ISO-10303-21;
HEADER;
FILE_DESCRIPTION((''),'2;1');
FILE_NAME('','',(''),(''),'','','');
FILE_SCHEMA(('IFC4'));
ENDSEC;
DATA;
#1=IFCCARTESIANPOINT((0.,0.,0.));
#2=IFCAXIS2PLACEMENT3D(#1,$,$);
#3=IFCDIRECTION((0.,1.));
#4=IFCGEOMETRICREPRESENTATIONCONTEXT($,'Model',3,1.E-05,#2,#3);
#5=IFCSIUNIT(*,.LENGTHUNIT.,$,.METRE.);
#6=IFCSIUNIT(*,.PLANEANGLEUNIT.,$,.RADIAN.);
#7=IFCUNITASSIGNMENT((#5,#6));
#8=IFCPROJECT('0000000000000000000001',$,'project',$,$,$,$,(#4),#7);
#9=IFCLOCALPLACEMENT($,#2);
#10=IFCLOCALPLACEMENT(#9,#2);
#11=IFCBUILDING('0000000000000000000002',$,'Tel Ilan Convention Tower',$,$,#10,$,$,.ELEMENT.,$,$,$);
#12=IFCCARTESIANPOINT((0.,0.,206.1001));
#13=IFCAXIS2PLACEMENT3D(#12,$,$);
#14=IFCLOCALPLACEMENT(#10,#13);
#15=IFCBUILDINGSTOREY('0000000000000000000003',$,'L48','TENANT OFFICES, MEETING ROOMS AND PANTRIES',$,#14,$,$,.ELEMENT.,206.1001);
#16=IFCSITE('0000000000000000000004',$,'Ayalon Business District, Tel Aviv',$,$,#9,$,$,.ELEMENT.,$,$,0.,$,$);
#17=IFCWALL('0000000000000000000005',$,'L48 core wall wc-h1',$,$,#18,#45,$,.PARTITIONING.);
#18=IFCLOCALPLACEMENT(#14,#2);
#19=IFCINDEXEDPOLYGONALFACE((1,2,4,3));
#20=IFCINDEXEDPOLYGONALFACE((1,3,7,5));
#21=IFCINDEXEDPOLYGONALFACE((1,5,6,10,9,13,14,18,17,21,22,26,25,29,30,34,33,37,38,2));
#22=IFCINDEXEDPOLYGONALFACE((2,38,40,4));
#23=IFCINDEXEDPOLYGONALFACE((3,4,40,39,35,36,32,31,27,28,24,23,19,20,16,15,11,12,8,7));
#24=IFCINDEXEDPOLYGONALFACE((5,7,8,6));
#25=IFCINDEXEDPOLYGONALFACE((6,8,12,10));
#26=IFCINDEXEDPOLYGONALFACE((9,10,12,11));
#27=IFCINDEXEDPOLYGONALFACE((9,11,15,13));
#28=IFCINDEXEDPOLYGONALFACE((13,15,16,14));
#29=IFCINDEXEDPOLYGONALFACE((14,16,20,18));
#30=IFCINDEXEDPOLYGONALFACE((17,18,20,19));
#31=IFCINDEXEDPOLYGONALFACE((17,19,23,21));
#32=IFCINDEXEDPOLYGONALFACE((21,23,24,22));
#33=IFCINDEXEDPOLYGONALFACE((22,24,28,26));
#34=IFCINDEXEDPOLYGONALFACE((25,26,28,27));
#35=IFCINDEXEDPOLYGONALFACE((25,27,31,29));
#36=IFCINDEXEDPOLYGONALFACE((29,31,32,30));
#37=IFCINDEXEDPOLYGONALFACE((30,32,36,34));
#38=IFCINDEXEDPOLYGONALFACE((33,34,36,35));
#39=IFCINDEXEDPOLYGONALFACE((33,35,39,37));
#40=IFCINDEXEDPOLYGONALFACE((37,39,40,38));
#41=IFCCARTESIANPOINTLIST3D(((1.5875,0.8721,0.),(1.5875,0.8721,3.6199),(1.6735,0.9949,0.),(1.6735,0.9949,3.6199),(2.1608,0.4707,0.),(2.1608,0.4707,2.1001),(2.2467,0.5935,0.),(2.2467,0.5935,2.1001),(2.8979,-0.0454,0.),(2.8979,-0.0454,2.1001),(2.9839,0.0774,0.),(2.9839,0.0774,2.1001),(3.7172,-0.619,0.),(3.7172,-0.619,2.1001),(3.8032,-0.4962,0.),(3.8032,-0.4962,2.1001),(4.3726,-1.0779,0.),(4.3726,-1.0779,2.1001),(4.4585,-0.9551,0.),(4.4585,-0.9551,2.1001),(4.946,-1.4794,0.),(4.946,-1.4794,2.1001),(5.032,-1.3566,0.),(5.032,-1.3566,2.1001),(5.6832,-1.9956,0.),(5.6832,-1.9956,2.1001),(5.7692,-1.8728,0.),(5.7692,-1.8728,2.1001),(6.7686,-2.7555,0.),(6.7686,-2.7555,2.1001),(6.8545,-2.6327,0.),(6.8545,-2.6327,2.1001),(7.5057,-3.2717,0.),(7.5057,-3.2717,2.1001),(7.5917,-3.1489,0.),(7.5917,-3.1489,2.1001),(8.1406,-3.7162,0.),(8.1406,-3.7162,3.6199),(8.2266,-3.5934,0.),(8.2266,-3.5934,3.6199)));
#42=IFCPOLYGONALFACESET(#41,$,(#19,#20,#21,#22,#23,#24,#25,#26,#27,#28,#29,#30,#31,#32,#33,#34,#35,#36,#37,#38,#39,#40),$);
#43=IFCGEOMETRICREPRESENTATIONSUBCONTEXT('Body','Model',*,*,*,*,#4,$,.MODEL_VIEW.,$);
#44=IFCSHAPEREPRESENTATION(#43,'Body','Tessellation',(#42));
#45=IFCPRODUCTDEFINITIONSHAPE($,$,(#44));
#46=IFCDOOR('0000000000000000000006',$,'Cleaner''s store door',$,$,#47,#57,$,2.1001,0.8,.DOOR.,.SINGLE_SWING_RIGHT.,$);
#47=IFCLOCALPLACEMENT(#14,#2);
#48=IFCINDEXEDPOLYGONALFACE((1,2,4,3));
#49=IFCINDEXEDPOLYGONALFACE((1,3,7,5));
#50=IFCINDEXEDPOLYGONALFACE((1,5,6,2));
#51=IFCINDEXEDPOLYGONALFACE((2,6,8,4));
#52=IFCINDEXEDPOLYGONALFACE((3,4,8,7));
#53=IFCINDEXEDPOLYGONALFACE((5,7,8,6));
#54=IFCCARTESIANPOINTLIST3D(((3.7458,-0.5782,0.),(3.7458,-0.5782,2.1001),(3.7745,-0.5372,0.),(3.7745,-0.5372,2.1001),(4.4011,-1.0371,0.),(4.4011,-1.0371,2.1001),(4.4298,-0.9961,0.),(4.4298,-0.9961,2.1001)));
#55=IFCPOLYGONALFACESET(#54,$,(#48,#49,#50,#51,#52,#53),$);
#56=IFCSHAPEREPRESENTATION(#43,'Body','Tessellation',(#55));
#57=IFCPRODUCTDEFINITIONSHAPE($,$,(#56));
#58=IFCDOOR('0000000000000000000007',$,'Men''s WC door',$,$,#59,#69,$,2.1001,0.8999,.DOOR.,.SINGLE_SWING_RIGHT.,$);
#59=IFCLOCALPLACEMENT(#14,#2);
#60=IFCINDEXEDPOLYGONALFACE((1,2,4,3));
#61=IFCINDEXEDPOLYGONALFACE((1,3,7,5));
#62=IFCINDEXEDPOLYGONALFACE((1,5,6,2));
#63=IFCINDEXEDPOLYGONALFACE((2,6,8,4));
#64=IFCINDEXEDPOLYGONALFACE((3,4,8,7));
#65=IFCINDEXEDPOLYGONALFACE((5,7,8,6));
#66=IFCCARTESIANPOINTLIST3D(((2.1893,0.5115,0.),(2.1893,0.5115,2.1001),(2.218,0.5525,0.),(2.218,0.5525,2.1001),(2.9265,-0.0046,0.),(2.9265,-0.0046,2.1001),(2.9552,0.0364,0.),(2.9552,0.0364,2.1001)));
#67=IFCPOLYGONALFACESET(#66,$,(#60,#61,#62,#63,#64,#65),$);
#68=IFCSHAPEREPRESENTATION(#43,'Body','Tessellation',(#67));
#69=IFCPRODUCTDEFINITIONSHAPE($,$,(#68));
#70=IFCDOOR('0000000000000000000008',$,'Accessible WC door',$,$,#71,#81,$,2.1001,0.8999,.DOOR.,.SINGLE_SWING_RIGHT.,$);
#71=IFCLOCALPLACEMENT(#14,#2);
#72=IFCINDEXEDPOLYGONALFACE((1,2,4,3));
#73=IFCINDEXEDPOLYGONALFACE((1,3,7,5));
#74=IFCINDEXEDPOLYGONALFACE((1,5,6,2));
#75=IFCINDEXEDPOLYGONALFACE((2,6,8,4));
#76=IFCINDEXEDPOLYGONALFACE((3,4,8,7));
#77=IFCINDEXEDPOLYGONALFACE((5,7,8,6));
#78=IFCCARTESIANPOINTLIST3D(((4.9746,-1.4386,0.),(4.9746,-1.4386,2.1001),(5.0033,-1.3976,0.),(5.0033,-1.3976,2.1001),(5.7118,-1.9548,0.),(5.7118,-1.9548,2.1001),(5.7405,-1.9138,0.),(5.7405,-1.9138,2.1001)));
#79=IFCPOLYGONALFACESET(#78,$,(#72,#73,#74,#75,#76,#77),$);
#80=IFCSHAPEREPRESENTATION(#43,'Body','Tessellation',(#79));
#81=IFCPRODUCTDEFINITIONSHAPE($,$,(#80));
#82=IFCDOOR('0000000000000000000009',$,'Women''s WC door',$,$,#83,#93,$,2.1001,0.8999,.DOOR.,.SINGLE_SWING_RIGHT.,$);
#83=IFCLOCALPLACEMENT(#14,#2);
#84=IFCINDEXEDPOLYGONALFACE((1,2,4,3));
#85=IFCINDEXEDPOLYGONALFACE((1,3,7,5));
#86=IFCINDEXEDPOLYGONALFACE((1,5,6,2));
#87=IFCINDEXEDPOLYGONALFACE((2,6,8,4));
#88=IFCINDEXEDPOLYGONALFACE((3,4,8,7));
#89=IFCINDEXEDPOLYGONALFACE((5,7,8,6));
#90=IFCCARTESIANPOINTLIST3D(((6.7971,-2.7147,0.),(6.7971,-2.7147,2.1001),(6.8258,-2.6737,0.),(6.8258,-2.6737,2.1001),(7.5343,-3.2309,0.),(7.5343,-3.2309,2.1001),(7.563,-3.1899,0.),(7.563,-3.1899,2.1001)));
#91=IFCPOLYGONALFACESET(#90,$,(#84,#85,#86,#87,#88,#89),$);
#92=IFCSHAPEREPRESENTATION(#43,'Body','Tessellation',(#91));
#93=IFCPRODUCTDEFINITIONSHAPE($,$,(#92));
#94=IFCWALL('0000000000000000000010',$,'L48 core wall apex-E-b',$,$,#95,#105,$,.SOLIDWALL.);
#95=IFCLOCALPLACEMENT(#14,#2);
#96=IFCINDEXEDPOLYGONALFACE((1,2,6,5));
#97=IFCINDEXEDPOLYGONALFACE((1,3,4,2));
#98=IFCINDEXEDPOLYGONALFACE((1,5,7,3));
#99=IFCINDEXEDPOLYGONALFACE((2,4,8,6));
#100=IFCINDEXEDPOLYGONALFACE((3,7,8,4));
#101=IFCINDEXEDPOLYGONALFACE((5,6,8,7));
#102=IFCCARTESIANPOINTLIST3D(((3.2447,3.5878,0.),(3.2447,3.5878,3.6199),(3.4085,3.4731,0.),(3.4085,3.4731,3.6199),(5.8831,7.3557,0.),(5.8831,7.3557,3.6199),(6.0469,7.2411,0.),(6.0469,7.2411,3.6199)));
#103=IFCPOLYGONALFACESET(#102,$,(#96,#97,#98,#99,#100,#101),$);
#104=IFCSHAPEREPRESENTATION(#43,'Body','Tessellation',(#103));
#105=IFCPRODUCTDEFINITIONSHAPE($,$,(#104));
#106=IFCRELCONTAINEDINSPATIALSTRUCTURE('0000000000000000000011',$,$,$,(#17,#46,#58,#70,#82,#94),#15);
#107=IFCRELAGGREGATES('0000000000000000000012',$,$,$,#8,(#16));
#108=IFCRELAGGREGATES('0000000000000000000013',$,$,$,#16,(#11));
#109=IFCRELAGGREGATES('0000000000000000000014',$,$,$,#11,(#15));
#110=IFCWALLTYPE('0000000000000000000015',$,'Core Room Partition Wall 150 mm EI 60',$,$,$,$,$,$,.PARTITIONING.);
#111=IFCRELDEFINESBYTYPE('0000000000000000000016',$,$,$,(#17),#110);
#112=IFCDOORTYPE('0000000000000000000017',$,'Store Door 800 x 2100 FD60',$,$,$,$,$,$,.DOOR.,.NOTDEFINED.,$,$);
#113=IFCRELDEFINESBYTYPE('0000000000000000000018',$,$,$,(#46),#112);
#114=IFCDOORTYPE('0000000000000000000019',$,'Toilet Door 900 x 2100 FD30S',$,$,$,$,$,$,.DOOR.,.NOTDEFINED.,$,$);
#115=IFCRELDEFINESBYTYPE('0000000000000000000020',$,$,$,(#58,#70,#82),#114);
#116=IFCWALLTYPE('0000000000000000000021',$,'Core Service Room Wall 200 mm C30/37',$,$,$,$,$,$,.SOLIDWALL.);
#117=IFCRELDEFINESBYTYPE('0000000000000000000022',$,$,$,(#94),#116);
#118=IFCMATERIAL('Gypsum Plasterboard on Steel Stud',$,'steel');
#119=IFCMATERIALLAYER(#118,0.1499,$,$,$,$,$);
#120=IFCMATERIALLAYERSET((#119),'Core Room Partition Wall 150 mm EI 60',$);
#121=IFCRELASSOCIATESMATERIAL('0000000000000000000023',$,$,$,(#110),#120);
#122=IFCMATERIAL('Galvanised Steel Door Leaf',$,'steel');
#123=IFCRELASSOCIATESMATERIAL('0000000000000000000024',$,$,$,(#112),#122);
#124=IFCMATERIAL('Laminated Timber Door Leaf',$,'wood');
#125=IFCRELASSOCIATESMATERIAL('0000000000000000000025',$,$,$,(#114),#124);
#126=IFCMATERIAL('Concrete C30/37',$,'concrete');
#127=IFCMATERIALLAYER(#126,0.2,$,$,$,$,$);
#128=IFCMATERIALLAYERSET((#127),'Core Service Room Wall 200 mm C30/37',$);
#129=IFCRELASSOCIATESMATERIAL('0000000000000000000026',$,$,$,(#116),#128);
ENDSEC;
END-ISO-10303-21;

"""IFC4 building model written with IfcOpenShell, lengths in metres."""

from ifc_helpers import new_model, si_unit, direction, frame, frame_2d, origin, place, context, subcontext, project, spatial, rectangle, extrude, material, layer, layer_set, type_object, element, fill, save


model = new_model("IFC4")

# Units and contexts
model_context = context("Model", 3, precision=1e-05, world=origin(), true_north=direction((0.0, 1.0)))
body_context = subcontext(model_context, "Body", "Model", "MODEL_VIEW")
ifc_project = project(units=[si_unit("LENGTHUNIT", "METRE"), si_unit("PLANEANGLEUNIT", "RADIAN")], contexts=[model_context])

# Site, building, storey
site_placement = place(None, origin())
site = spatial("IfcSite", under=ifc_project, at=site_placement, Name="Ayalon Business District, Tel Aviv", CompositionType="ELEMENT", RefElevation=0.0)
building_placement = place(site_placement, origin())
building = spatial("IfcBuilding", under=site, at=building_placement, Name="Tel Ilan Convention Tower", CompositionType="ELEMENT")
storey_placement = place(building_placement, frame((0.0, 0.0, 206.1001)))
storey = spatial("IfcBuildingStorey", under=building, at=storey_placement, Name="L48", Description="TENANT OFFICES, MEETING ROOMS AND PANTRIES", CompositionType="ELEMENT", Elevation=206.1001)

# Wall, openings, doors
ifc_material_1 = material(Name="Gypsum Plasterboard on Steel Stud", Category="steel")
ifc_layer_1 = layer(ifc_material_1, 0.1499)
ifc_layer_set_1 = layer_set([ifc_layer_1], Name="Core Room Partition Wall 150 mm EI 60")
wall_type_1 = type_object("IfcWallType", Name="Core Room Partition Wall 150 mm EI 60", PredefinedType="PARTITIONING", material=ifc_layer_set_1)
wall_1_placement = place(storey_placement, frame((1.6304, 0.9336, 0.0), z_axis=(0.0, 0.0, 1.0), x_axis=(0.819166, -0.573557, 0.0)))
wall_1 = element("IfcWall", 1, at=wall_1_placement, inside=storey, type_object=wall_type_1, Name="L48 core wall wc-h1", PredefinedType="PARTITIONING", context=body_context, shape_type="SweptSolid", body=[
    extrude(rectangle(XDim=7.9998, YDim=0.1499, at=frame_2d((4.0, 0.0))), origin(), (0.0, 0.0, 1.0), 3.6199),
])
opening_1_placement = place(wall_1_placement, frame((0.7, 0.0, 0.0)))
opening_1 = element("IfcOpeningElement", 2, at=opening_1_placement, cuts=wall_1, PredefinedType="OPENING", context=body_context, shape_type="SweptSolid", body=[
    extrude(rectangle(XDim=0.8999, YDim=2.1001, at=frame_2d((0.45, 1.05))), frame((0.0, 0.085, 0.0), z_axis=(0.0, -1.0, 0.0), x_axis=(1.0, 0.0, 0.0)), (0.0, 0.0, 1.0), 0.1699),
])
opening_2_placement = place(wall_1_placement, frame((2.6001, 0.0, 0.0)))
opening_2 = element("IfcOpeningElement", 3, at=opening_2_placement, cuts=wall_1, PredefinedType="OPENING", context=body_context, shape_type="SweptSolid", body=[
    extrude(rectangle(XDim=0.8, YDim=2.1001, at=frame_2d((0.3999, 1.05))), frame((0.0, 0.085, 0.0), z_axis=(0.0, -1.0, 0.0), x_axis=(1.0, 0.0, 0.0)), (0.0, 0.0, 1.0), 0.1699),
])
opening_3_placement = place(wall_1_placement, frame((4.1001, 0.0, 0.0)))
opening_3 = element("IfcOpeningElement", 4, at=opening_3_placement, cuts=wall_1, PredefinedType="OPENING", context=body_context, shape_type="SweptSolid", body=[
    extrude(rectangle(XDim=0.8999, YDim=2.1001, at=frame_2d((0.45, 1.05))), frame((0.0, 0.085, 0.0), z_axis=(0.0, -1.0, 0.0), x_axis=(1.0, 0.0, 0.0)), (0.0, 0.0, 1.0), 0.1699),
])
opening_4_placement = place(wall_1_placement, frame((6.325, 0.0, 0.0)))
opening_4 = element("IfcOpeningElement", 5, at=opening_4_placement, cuts=wall_1, PredefinedType="OPENING", context=body_context, shape_type="SweptSolid", body=[
    extrude(rectangle(XDim=0.8999, YDim=2.1001, at=frame_2d((0.45, 1.05))), frame((0.0, 0.085, 0.0), z_axis=(0.0, -1.0, 0.0), x_axis=(1.0, 0.0, 0.0)), (0.0, 0.0, 1.0), 0.1699),
])
ifc_material_2 = material(Name="Galvanised Steel Door Leaf", Category="steel")
door_type_1 = type_object("IfcDoorType", Name="Store Door 800 x 2100 FD60", OperationType="NOTDEFINED", PredefinedType="DOOR", material=ifc_material_2)
door_1_placement = place(opening_2_placement, origin())
door_1 = element("IfcDoor", 6, at=door_1_placement, inside=storey, type_object=door_type_1, Name="Cleaner's store door", OperationType="SINGLE_SWING_RIGHT", OverallHeight=2.1001, OverallWidth=0.8, PredefinedType="DOOR", context=body_context, shape_type="SweptSolid", body=[
    extrude(rectangle(XDim=0.8, YDim=2.1001, at=frame_2d((0.3999, 1.05))), frame((0.0, 0.0249, 0.0), z_axis=(0.0, -1.0, 0.0), x_axis=(1.0, 0.0, 0.0)), (0.0, 0.0, 1.0), 0.05),
])
fill(opening_2, door_1)
ifc_material_3 = material(Name="Laminated Timber Door Leaf", Category="wood")
door_type_2 = type_object("IfcDoorType", Name="Toilet Door 900 x 2100 FD30S", OperationType="NOTDEFINED", PredefinedType="DOOR", material=ifc_material_3)
door_2_placement = place(opening_1_placement, origin())
door_2 = element("IfcDoor", 7, at=door_2_placement, inside=storey, type_object=door_type_2, Name="Men's WC door", OperationType="SINGLE_SWING_RIGHT", OverallHeight=2.1001, OverallWidth=0.8999, PredefinedType="DOOR", context=body_context, shape_type="SweptSolid", body=[
    extrude(rectangle(XDim=0.8999, YDim=2.1001, at=frame_2d((0.45, 1.05))), frame((0.0, 0.0249, 0.0), z_axis=(0.0, -1.0, 0.0), x_axis=(1.0, 0.0, 0.0)), (0.0, 0.0, 1.0), 0.05),
])
fill(opening_1, door_2)
door_3_placement = place(opening_3_placement, origin())
door_3 = element("IfcDoor", 8, at=door_3_placement, inside=storey, type_object=door_type_2, Name="Accessible WC door", OperationType="SINGLE_SWING_RIGHT", OverallHeight=2.1001, OverallWidth=0.8999, PredefinedType="DOOR", context=body_context, shape_type="SweptSolid", body=[
    extrude(rectangle(XDim=0.8999, YDim=2.1001, at=frame_2d((0.45, 1.05))), frame((0.0, 0.0249, 0.0), z_axis=(0.0, -1.0, 0.0), x_axis=(1.0, 0.0, 0.0)), (0.0, 0.0, 1.0), 0.05),
])
fill(opening_3, door_3)
door_4_placement = place(opening_4_placement, origin())
door_4 = element("IfcDoor", 9, at=door_4_placement, inside=storey, type_object=door_type_2, Name="Women's WC door", OperationType="SINGLE_SWING_RIGHT", OverallHeight=2.1001, OverallWidth=0.8999, PredefinedType="DOOR", context=body_context, shape_type="SweptSolid", body=[
    extrude(rectangle(XDim=0.8999, YDim=2.1001, at=frame_2d((0.45, 1.05))), frame((0.0, 0.0249, 0.0), z_axis=(0.0, -1.0, 0.0), x_axis=(1.0, 0.0, 0.0)), (0.0, 0.0, 1.0), 0.05),
])
fill(opening_4, door_4)

# Wall
ifc_material_4 = material(Name="Concrete C30/37", Category="concrete")
ifc_layer_2 = layer(ifc_material_4, 0.2)
ifc_layer_set_2 = layer_set([ifc_layer_2], Name="Core Service Room Wall 200 mm C30/37")
wall_type_2 = type_object("IfcWallType", Name="Core Service Room Wall 200 mm C30/37", PredefinedType="SOLIDWALL", material=ifc_layer_set_2)
wall_2_placement = place(storey_placement, frame((3.3267, 3.5305, 0.0), z_axis=(0.0, 0.0, 1.0), x_axis=(0.573576, 0.819152, 0.0)))
element("IfcWall", 10, at=wall_2_placement, inside=storey, type_object=wall_type_2, Name="L48 core wall apex-E-b", PredefinedType="SOLIDWALL", context=body_context, shape_type="SweptSolid", body=[
    extrude(rectangle(XDim=4.5999, YDim=0.2, at=frame_2d((2.2998, 0.0))), origin(), (0.0, 0.0, 1.0), 3.6199),
])

save(model, "model.ifc")
